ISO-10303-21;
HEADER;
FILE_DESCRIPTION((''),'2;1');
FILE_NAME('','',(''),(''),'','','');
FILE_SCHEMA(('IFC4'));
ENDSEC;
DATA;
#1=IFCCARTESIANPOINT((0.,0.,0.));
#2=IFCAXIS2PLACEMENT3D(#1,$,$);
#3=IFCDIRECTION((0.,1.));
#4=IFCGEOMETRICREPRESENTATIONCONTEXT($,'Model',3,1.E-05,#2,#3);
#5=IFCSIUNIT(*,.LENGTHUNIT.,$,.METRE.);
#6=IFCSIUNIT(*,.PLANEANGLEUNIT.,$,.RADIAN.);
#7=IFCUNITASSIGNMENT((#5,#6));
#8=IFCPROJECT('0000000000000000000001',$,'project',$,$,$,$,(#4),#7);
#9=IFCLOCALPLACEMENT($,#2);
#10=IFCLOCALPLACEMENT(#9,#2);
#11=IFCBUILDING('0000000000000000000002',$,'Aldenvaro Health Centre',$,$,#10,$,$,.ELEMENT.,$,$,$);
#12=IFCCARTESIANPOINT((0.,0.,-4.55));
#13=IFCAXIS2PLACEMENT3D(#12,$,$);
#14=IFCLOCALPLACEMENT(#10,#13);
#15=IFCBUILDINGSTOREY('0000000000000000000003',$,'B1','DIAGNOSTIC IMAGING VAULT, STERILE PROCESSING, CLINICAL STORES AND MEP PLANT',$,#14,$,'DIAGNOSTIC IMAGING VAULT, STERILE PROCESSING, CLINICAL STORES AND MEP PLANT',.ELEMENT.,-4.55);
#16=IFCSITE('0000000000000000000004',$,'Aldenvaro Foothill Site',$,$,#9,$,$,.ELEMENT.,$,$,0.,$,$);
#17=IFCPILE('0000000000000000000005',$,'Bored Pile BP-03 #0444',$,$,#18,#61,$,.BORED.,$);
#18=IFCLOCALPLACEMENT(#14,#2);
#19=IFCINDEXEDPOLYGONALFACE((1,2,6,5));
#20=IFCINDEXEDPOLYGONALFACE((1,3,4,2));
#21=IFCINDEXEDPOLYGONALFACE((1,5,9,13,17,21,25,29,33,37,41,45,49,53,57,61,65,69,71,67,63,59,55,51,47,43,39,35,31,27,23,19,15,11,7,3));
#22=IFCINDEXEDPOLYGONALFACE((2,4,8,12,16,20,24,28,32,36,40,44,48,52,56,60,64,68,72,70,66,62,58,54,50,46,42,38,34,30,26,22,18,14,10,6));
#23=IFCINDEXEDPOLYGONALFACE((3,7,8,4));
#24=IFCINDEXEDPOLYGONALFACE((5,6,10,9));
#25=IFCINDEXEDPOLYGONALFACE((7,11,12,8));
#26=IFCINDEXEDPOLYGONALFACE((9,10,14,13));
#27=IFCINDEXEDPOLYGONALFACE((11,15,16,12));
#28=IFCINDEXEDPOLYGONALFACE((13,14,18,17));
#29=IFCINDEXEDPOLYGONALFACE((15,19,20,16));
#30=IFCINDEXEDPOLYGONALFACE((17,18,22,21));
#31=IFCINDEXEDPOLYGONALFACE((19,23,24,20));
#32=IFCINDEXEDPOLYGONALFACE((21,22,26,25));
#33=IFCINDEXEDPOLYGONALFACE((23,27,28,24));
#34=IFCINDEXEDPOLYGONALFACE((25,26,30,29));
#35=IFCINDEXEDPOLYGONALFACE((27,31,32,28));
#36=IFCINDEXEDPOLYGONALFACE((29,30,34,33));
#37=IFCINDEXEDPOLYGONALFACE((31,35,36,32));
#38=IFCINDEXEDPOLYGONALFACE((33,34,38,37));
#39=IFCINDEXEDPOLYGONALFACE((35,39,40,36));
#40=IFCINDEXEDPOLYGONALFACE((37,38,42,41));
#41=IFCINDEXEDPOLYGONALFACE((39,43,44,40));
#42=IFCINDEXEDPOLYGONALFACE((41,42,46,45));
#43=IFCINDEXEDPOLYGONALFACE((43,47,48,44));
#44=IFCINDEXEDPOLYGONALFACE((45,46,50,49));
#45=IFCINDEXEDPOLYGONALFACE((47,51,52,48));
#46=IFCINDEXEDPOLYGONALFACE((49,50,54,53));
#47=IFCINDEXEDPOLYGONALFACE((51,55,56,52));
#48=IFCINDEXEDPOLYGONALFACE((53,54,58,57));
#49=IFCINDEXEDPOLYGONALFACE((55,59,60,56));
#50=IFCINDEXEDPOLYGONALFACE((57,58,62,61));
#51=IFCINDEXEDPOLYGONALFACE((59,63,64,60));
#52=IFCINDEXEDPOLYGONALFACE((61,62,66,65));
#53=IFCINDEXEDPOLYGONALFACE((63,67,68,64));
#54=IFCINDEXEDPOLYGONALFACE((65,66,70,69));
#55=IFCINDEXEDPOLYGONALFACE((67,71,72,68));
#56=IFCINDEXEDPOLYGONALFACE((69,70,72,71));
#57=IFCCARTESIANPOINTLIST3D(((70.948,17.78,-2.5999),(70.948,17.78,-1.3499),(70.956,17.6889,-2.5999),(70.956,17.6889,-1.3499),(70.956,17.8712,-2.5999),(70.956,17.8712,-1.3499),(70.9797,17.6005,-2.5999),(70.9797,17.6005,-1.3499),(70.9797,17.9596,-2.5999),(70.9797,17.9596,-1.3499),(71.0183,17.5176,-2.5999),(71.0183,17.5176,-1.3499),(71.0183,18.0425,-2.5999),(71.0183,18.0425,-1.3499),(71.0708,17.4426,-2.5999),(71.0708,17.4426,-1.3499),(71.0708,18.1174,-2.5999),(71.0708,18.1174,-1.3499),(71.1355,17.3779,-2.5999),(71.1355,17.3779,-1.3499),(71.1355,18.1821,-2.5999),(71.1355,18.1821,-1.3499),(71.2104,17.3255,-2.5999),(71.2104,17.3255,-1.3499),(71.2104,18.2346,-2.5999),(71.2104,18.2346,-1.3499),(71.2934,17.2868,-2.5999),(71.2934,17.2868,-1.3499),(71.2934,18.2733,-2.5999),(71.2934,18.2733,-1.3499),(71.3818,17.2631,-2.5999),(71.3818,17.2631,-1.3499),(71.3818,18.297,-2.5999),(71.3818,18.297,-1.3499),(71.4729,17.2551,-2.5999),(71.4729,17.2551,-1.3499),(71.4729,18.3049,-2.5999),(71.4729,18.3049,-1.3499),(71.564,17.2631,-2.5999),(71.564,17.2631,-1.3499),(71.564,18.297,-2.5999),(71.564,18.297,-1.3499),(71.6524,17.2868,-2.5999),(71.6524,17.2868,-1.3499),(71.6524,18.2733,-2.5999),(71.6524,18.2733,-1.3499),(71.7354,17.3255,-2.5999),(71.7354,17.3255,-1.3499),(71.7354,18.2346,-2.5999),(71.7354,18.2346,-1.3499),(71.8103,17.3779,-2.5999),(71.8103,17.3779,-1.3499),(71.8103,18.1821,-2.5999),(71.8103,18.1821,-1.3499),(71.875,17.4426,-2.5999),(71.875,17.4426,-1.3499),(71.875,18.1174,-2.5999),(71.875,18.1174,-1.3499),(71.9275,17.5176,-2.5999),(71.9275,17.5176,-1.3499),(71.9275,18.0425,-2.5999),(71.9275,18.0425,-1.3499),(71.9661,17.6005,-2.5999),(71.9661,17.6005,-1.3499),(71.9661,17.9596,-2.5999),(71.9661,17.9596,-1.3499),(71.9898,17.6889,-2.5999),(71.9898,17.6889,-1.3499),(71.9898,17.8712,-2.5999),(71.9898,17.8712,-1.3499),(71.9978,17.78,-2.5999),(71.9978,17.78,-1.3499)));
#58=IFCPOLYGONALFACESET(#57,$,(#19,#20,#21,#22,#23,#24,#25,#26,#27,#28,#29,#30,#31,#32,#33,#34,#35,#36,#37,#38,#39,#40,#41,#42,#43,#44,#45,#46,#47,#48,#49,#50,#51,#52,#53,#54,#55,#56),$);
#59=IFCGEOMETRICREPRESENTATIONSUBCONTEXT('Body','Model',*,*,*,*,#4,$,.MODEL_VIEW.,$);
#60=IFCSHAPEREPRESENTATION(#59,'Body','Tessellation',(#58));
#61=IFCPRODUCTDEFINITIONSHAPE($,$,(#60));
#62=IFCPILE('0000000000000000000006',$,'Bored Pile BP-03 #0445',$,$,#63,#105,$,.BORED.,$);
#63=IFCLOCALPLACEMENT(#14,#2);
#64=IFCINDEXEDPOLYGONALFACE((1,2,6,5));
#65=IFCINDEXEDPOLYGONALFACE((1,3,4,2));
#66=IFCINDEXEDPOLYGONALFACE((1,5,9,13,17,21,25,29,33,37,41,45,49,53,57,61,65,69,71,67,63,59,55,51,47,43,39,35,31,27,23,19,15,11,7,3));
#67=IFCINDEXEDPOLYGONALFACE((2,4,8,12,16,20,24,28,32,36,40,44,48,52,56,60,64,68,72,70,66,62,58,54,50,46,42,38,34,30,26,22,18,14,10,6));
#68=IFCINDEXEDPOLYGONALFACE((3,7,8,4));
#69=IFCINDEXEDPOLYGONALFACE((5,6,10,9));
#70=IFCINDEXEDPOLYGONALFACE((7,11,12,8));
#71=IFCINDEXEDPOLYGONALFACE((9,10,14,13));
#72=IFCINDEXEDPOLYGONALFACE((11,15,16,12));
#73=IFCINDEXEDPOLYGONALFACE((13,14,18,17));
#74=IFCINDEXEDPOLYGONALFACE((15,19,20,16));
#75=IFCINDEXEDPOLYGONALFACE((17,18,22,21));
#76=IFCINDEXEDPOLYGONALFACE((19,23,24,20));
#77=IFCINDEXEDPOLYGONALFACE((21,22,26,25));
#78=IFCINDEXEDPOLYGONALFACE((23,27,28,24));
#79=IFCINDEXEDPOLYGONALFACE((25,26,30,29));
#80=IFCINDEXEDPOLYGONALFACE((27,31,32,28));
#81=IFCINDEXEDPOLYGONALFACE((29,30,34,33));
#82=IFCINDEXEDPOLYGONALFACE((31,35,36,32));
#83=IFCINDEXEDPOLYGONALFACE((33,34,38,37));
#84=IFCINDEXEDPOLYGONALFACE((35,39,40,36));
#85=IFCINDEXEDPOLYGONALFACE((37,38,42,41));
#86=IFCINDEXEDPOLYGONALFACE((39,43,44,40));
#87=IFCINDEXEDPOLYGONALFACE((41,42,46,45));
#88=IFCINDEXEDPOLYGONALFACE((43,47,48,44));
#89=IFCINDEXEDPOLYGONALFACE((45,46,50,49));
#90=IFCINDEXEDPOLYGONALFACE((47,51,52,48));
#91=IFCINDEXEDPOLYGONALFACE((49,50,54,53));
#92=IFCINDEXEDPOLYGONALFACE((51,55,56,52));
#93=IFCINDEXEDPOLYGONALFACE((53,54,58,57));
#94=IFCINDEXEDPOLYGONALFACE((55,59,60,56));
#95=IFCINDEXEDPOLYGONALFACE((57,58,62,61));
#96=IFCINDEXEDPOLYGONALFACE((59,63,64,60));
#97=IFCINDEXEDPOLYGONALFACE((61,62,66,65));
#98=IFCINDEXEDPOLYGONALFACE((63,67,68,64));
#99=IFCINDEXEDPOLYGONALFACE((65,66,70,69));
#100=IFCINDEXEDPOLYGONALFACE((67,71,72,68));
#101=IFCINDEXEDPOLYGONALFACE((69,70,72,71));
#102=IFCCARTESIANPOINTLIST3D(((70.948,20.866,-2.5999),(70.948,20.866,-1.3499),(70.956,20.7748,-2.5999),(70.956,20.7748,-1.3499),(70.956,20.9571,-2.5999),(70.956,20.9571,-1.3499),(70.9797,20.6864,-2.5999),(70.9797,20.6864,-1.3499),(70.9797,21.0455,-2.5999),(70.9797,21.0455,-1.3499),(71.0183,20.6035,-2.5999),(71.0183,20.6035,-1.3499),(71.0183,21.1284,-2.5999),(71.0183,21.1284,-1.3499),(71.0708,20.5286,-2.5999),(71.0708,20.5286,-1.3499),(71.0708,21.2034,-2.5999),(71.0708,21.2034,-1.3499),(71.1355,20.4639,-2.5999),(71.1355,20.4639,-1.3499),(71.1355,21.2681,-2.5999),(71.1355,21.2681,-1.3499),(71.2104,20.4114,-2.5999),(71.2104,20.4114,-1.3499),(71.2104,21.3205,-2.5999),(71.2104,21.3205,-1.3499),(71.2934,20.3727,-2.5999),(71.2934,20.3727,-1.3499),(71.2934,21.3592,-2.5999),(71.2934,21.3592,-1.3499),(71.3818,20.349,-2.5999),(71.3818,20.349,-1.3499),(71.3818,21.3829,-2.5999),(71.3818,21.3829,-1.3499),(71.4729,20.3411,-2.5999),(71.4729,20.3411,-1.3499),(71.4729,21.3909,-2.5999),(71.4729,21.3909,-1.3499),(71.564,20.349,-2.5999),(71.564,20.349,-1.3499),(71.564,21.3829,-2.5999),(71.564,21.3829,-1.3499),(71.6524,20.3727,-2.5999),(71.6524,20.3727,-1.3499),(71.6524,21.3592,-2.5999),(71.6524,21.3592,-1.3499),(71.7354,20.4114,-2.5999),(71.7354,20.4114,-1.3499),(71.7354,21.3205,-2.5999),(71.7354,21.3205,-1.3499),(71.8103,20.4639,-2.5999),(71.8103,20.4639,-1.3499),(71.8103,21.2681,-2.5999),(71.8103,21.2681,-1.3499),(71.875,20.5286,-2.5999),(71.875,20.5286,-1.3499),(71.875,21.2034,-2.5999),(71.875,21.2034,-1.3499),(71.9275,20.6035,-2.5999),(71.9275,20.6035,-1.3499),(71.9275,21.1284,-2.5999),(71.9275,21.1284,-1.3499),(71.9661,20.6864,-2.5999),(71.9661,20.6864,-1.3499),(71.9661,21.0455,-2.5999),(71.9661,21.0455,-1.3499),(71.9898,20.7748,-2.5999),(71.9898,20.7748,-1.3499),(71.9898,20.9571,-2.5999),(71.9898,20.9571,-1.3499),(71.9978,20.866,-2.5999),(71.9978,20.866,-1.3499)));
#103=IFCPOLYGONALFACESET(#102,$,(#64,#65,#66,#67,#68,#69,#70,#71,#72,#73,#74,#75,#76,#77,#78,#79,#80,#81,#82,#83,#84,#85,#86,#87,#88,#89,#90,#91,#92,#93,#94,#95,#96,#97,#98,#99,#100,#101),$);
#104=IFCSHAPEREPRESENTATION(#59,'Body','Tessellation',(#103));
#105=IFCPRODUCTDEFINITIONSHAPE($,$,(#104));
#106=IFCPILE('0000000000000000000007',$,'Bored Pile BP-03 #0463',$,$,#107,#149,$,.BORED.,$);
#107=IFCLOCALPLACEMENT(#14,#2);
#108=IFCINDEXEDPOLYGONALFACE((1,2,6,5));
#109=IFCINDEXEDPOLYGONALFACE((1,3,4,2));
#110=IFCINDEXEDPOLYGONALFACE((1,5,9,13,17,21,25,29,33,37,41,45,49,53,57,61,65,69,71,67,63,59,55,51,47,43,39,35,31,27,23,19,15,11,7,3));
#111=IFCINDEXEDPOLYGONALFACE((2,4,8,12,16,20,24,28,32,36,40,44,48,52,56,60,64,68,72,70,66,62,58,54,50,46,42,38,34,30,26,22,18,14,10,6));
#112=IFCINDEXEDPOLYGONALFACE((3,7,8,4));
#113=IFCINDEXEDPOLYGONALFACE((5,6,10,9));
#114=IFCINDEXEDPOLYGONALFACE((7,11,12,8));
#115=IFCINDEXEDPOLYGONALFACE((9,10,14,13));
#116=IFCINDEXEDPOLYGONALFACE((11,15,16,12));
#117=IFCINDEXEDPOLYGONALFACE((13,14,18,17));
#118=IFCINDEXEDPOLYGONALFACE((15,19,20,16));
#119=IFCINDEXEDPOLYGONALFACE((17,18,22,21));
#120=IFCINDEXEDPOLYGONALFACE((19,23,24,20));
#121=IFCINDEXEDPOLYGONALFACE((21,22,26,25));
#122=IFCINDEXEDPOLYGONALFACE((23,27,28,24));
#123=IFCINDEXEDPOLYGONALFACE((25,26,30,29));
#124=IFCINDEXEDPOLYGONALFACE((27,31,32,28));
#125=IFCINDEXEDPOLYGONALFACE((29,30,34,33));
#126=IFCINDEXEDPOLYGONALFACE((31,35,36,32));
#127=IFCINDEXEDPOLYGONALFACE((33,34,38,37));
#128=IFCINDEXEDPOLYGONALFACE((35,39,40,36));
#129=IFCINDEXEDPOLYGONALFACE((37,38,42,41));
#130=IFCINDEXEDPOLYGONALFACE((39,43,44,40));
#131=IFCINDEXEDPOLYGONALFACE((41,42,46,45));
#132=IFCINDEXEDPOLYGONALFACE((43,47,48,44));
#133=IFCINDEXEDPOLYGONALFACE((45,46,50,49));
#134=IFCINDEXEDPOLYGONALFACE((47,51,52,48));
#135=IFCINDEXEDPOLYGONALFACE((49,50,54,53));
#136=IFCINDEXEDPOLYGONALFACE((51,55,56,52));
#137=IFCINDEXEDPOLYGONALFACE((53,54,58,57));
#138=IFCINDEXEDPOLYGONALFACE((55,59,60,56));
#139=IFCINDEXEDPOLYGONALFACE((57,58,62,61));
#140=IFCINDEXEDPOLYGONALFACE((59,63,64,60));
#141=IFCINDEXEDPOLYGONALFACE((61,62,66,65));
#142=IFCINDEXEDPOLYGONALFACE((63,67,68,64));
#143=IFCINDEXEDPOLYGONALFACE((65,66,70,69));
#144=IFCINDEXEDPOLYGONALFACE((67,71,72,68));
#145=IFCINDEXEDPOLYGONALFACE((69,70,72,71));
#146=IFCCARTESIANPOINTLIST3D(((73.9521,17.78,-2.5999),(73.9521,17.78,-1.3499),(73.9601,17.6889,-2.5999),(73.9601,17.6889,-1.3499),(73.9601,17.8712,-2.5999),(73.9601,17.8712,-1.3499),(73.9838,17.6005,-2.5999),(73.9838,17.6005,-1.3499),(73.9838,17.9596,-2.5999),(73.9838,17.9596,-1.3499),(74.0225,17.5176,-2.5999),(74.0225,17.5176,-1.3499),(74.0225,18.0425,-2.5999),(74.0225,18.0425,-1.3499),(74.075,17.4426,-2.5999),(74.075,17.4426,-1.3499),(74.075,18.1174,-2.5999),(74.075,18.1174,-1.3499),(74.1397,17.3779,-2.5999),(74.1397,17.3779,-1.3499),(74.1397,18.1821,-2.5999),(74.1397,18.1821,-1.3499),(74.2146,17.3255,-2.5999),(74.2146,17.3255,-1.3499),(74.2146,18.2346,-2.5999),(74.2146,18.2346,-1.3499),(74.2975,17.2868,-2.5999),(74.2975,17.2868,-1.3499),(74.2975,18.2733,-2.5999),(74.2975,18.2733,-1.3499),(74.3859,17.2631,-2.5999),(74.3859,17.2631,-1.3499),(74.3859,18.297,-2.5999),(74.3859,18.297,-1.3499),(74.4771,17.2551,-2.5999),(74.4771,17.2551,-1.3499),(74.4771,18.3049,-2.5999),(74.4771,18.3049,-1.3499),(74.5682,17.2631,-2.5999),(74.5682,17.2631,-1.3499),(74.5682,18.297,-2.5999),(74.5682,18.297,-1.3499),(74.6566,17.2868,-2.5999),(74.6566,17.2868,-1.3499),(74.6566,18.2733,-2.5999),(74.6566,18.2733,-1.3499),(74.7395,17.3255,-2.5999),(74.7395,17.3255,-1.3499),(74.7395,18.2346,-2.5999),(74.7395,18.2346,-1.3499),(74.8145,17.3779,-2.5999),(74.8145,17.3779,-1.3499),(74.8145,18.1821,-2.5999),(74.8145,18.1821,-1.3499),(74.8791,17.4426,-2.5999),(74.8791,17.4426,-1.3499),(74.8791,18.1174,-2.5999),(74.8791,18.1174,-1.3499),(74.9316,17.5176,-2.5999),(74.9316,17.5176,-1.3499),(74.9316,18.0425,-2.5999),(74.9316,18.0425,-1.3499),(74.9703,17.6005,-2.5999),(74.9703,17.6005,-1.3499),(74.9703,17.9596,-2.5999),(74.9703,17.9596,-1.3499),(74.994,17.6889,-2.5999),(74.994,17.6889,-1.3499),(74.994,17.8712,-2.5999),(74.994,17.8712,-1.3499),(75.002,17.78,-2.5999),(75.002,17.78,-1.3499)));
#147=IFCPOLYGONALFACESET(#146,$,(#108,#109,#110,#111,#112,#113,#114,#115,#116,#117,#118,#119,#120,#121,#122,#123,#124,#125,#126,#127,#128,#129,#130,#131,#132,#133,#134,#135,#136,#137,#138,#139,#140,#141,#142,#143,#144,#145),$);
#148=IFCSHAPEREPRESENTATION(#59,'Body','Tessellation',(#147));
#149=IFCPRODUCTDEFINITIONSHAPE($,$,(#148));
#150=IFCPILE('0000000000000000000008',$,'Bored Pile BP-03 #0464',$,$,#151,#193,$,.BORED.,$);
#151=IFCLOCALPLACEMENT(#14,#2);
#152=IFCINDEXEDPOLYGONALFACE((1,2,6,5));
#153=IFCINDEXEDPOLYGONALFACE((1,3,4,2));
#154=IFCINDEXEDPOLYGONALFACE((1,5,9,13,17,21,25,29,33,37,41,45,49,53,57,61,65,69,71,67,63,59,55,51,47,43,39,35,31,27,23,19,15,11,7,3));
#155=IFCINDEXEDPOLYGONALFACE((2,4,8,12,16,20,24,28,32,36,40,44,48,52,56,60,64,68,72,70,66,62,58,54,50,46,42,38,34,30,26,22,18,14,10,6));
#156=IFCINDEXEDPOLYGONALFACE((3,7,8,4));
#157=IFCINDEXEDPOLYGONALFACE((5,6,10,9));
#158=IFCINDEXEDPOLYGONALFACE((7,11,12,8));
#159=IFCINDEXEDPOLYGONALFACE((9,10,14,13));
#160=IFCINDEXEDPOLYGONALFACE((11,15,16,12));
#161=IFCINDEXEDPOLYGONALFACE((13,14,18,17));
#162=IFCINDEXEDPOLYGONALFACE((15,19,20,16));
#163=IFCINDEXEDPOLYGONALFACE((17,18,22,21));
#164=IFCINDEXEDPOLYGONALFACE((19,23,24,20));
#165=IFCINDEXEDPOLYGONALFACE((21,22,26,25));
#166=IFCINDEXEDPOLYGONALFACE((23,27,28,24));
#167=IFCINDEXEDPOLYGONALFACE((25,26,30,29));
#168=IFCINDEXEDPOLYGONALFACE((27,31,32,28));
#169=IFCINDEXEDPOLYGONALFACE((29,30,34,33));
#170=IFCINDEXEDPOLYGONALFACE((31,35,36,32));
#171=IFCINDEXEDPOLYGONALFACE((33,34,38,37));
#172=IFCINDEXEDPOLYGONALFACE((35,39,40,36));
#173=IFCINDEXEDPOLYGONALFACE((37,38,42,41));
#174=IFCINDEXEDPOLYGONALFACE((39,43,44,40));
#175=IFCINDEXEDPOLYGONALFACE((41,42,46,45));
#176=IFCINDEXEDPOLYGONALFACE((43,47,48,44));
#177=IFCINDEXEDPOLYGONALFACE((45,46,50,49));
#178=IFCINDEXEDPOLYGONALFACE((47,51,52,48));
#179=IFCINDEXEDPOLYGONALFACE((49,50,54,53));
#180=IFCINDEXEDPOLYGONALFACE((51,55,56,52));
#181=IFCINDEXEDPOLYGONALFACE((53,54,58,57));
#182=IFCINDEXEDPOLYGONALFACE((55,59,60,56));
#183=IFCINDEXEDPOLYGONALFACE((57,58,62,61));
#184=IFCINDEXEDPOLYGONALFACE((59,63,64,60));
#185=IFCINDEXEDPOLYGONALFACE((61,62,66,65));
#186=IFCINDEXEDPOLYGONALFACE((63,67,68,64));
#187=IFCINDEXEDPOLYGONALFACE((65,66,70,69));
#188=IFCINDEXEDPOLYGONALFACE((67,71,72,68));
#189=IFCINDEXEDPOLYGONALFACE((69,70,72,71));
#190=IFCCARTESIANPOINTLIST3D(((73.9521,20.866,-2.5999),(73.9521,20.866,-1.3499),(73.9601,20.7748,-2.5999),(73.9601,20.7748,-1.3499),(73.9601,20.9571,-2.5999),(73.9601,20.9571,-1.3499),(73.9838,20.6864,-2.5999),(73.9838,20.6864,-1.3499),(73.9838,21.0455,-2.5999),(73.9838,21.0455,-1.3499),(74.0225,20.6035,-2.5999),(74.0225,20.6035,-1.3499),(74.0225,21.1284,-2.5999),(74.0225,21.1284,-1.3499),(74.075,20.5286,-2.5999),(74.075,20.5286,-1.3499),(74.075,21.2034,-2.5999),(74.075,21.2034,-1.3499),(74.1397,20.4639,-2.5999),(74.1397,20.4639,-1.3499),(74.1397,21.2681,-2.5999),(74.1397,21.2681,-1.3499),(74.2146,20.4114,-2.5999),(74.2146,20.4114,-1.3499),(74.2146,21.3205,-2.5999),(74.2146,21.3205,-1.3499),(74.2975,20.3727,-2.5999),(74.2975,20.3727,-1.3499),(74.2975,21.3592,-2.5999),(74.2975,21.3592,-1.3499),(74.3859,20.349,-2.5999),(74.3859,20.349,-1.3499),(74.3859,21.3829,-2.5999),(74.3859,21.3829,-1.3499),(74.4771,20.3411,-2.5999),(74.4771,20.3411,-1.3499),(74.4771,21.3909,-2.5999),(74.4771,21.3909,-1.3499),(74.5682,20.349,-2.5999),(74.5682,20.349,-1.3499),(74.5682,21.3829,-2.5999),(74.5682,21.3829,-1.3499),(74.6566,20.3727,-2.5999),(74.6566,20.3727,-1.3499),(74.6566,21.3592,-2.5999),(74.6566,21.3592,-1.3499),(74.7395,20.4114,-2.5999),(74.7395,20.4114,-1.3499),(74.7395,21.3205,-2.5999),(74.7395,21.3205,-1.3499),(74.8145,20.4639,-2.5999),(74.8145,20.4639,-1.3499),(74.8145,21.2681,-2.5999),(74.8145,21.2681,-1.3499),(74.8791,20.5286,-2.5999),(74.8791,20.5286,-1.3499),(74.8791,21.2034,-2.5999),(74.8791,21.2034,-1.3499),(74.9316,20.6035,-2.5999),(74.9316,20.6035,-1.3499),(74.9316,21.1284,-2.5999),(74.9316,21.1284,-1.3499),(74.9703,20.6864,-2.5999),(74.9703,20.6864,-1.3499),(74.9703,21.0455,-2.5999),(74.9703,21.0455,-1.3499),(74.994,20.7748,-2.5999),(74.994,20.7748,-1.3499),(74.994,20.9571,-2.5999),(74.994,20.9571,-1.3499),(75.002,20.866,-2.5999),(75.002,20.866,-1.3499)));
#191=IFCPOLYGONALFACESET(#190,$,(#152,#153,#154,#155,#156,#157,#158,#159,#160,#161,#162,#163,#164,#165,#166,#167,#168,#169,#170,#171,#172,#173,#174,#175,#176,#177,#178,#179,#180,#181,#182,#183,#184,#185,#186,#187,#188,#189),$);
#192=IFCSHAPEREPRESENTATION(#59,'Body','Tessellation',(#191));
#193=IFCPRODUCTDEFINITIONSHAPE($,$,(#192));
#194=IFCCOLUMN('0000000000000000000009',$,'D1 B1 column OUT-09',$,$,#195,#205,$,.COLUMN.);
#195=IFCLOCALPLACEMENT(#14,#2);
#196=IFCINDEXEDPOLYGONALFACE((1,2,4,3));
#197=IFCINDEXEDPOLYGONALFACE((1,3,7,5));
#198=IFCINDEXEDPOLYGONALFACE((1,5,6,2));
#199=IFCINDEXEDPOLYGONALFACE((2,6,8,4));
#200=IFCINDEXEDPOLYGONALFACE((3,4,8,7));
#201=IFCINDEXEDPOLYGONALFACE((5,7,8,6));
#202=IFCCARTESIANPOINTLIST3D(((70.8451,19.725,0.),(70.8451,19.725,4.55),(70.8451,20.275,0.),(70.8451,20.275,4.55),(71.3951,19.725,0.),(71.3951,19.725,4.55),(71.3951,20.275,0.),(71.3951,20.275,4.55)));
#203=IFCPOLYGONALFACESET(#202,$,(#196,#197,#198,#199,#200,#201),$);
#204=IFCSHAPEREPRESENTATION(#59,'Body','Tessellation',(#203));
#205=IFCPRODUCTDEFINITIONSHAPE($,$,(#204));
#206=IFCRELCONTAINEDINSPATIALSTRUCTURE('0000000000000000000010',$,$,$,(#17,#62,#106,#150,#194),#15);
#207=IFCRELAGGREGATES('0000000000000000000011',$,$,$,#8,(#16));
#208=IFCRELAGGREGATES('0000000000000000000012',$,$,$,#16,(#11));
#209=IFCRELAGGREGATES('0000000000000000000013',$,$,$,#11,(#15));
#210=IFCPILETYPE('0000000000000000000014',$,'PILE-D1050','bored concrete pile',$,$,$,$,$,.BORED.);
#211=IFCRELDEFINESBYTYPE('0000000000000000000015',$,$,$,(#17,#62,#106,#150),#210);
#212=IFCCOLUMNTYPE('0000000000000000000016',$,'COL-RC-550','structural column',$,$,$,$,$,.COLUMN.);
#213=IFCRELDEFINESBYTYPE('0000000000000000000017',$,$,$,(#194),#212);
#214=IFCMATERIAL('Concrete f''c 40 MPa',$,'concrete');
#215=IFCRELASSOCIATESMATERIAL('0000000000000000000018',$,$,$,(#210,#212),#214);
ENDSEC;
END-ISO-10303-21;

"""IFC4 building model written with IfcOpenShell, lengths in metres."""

from ifc_helpers import new_model, si_unit, direction, frame, origin, origin_2d, place, context, subcontext, project, spatial, rectangle, circle, extrude, material, material_profile, profile_set, type_object, element, save


model = new_model("IFC4")

# Units and contexts
model_context = context("Model", 3, precision=1e-05, world=origin(), true_north=direction((0.0, 1.0)))
body_context = subcontext(model_context, "Body", "Model", "MODEL_VIEW")
ifc_project = project(units=[si_unit("LENGTHUNIT", "METRE"), si_unit("PLANEANGLEUNIT", "RADIAN")], contexts=[model_context])

# Site, building, storey
site_placement = place(None, origin())
site = spatial("IfcSite", under=ifc_project, at=site_placement, Name="Aldenvaro Foothill Site", CompositionType="ELEMENT", RefElevation=0.0)
building_placement = place(site_placement, origin())
building = spatial("IfcBuilding", under=site, at=building_placement, Name="Aldenvaro Health Centre", CompositionType="ELEMENT")
storey_placement = place(building_placement, frame((0.0, 0.0, -4.55)))
storey = spatial("IfcBuildingStorey", under=building, at=storey_placement, Name="B1", Description="DIAGNOSTIC IMAGING VAULT, STERILE PROCESSING, CLINICAL STORES AND MEP PLANT", LongName="DIAGNOSTIC IMAGING VAULT, STERILE PROCESSING, CLINICAL STORES AND MEP PLANT", CompositionType="ELEMENT", Elevation=-4.55)

# Piles
ifc_material_1 = material(Name="Concrete f'c 40 MPa", Category="concrete")
ifc_material_profile_1 = material_profile(ifc_material_1, circle(Radius=0.5249, at=origin_2d()), Name="PILE D1050", Category="concrete")
ifc_profile_set_1 = profile_set([ifc_material_profile_1], Name="Concrete f'c 40 MPa")
pile_type = type_object("IfcPileType", Name="PILE-D1050", Description="bored concrete pile", PredefinedType="BORED", material=ifc_profile_set_1)
for number, where, z_axis, x_axis, name in (
    (1, (71.4729, 17.78, -1.3499), (0.0, 0.0, -1.0), (1.0, 0.0, 0.0), "Bored Pile BP-03 #0444"),
    (2, (71.4729, 20.866, -1.3499), (0.0, 0.0, -1.0), (1.0, 0.0, 0.0), "Bored Pile BP-03 #0445"),
    (3, (74.4771, 17.78, -1.3499), (0.0, 0.0, -1.0), (1.0, 0.0, 0.0), "Bored Pile BP-03 #0463"),
    (4, (74.4771, 20.866, -1.3499), (0.0, 0.0, -1.0), (1.0, 0.0, 0.0), "Bored Pile BP-03 #0464"),
):
    element("IfcPile", number, at=place(storey_placement, frame(where, z_axis=z_axis, x_axis=x_axis)), inside=storey, type_object=pile_type, Name=name, PredefinedType="BORED", context=body_context, shape_type="SweptSolid", body=[
        extrude(circle(Radius=0.5249, at=origin_2d()), origin(), (0.0, 0.0, 1.0), 1.25),
    ])

# Column
ifc_material_profile_2 = material_profile(ifc_material_1, rectangle(XDim=0.55, YDim=0.55, at=origin_2d()), Name="RC 550x550", Category="concrete")
ifc_profile_set_2 = profile_set([ifc_material_profile_2], Name="Concrete f'c 40 MPa")
column_type = type_object("IfcColumnType", Name="COL-RC-550", Description="structural column", PredefinedType="COLUMN", material=ifc_profile_set_2)
column_placement = place(storey_placement, frame((71.1201, 20.0, 0.0), z_axis=(0.0, 0.0, 1.0), x_axis=(1.0, 0.0, 0.0)))
element("IfcColumn", 5, at=column_placement, inside=storey, type_object=column_type, Name="D1 B1 column OUT-09", PredefinedType="COLUMN", context=body_context, shape_type="SweptSolid", body=[
    extrude(rectangle(XDim=0.55, YDim=0.55, at=origin_2d()), origin(), (0.0, 0.0, 1.0), 4.55),
])

save(model, "model.ifc")
